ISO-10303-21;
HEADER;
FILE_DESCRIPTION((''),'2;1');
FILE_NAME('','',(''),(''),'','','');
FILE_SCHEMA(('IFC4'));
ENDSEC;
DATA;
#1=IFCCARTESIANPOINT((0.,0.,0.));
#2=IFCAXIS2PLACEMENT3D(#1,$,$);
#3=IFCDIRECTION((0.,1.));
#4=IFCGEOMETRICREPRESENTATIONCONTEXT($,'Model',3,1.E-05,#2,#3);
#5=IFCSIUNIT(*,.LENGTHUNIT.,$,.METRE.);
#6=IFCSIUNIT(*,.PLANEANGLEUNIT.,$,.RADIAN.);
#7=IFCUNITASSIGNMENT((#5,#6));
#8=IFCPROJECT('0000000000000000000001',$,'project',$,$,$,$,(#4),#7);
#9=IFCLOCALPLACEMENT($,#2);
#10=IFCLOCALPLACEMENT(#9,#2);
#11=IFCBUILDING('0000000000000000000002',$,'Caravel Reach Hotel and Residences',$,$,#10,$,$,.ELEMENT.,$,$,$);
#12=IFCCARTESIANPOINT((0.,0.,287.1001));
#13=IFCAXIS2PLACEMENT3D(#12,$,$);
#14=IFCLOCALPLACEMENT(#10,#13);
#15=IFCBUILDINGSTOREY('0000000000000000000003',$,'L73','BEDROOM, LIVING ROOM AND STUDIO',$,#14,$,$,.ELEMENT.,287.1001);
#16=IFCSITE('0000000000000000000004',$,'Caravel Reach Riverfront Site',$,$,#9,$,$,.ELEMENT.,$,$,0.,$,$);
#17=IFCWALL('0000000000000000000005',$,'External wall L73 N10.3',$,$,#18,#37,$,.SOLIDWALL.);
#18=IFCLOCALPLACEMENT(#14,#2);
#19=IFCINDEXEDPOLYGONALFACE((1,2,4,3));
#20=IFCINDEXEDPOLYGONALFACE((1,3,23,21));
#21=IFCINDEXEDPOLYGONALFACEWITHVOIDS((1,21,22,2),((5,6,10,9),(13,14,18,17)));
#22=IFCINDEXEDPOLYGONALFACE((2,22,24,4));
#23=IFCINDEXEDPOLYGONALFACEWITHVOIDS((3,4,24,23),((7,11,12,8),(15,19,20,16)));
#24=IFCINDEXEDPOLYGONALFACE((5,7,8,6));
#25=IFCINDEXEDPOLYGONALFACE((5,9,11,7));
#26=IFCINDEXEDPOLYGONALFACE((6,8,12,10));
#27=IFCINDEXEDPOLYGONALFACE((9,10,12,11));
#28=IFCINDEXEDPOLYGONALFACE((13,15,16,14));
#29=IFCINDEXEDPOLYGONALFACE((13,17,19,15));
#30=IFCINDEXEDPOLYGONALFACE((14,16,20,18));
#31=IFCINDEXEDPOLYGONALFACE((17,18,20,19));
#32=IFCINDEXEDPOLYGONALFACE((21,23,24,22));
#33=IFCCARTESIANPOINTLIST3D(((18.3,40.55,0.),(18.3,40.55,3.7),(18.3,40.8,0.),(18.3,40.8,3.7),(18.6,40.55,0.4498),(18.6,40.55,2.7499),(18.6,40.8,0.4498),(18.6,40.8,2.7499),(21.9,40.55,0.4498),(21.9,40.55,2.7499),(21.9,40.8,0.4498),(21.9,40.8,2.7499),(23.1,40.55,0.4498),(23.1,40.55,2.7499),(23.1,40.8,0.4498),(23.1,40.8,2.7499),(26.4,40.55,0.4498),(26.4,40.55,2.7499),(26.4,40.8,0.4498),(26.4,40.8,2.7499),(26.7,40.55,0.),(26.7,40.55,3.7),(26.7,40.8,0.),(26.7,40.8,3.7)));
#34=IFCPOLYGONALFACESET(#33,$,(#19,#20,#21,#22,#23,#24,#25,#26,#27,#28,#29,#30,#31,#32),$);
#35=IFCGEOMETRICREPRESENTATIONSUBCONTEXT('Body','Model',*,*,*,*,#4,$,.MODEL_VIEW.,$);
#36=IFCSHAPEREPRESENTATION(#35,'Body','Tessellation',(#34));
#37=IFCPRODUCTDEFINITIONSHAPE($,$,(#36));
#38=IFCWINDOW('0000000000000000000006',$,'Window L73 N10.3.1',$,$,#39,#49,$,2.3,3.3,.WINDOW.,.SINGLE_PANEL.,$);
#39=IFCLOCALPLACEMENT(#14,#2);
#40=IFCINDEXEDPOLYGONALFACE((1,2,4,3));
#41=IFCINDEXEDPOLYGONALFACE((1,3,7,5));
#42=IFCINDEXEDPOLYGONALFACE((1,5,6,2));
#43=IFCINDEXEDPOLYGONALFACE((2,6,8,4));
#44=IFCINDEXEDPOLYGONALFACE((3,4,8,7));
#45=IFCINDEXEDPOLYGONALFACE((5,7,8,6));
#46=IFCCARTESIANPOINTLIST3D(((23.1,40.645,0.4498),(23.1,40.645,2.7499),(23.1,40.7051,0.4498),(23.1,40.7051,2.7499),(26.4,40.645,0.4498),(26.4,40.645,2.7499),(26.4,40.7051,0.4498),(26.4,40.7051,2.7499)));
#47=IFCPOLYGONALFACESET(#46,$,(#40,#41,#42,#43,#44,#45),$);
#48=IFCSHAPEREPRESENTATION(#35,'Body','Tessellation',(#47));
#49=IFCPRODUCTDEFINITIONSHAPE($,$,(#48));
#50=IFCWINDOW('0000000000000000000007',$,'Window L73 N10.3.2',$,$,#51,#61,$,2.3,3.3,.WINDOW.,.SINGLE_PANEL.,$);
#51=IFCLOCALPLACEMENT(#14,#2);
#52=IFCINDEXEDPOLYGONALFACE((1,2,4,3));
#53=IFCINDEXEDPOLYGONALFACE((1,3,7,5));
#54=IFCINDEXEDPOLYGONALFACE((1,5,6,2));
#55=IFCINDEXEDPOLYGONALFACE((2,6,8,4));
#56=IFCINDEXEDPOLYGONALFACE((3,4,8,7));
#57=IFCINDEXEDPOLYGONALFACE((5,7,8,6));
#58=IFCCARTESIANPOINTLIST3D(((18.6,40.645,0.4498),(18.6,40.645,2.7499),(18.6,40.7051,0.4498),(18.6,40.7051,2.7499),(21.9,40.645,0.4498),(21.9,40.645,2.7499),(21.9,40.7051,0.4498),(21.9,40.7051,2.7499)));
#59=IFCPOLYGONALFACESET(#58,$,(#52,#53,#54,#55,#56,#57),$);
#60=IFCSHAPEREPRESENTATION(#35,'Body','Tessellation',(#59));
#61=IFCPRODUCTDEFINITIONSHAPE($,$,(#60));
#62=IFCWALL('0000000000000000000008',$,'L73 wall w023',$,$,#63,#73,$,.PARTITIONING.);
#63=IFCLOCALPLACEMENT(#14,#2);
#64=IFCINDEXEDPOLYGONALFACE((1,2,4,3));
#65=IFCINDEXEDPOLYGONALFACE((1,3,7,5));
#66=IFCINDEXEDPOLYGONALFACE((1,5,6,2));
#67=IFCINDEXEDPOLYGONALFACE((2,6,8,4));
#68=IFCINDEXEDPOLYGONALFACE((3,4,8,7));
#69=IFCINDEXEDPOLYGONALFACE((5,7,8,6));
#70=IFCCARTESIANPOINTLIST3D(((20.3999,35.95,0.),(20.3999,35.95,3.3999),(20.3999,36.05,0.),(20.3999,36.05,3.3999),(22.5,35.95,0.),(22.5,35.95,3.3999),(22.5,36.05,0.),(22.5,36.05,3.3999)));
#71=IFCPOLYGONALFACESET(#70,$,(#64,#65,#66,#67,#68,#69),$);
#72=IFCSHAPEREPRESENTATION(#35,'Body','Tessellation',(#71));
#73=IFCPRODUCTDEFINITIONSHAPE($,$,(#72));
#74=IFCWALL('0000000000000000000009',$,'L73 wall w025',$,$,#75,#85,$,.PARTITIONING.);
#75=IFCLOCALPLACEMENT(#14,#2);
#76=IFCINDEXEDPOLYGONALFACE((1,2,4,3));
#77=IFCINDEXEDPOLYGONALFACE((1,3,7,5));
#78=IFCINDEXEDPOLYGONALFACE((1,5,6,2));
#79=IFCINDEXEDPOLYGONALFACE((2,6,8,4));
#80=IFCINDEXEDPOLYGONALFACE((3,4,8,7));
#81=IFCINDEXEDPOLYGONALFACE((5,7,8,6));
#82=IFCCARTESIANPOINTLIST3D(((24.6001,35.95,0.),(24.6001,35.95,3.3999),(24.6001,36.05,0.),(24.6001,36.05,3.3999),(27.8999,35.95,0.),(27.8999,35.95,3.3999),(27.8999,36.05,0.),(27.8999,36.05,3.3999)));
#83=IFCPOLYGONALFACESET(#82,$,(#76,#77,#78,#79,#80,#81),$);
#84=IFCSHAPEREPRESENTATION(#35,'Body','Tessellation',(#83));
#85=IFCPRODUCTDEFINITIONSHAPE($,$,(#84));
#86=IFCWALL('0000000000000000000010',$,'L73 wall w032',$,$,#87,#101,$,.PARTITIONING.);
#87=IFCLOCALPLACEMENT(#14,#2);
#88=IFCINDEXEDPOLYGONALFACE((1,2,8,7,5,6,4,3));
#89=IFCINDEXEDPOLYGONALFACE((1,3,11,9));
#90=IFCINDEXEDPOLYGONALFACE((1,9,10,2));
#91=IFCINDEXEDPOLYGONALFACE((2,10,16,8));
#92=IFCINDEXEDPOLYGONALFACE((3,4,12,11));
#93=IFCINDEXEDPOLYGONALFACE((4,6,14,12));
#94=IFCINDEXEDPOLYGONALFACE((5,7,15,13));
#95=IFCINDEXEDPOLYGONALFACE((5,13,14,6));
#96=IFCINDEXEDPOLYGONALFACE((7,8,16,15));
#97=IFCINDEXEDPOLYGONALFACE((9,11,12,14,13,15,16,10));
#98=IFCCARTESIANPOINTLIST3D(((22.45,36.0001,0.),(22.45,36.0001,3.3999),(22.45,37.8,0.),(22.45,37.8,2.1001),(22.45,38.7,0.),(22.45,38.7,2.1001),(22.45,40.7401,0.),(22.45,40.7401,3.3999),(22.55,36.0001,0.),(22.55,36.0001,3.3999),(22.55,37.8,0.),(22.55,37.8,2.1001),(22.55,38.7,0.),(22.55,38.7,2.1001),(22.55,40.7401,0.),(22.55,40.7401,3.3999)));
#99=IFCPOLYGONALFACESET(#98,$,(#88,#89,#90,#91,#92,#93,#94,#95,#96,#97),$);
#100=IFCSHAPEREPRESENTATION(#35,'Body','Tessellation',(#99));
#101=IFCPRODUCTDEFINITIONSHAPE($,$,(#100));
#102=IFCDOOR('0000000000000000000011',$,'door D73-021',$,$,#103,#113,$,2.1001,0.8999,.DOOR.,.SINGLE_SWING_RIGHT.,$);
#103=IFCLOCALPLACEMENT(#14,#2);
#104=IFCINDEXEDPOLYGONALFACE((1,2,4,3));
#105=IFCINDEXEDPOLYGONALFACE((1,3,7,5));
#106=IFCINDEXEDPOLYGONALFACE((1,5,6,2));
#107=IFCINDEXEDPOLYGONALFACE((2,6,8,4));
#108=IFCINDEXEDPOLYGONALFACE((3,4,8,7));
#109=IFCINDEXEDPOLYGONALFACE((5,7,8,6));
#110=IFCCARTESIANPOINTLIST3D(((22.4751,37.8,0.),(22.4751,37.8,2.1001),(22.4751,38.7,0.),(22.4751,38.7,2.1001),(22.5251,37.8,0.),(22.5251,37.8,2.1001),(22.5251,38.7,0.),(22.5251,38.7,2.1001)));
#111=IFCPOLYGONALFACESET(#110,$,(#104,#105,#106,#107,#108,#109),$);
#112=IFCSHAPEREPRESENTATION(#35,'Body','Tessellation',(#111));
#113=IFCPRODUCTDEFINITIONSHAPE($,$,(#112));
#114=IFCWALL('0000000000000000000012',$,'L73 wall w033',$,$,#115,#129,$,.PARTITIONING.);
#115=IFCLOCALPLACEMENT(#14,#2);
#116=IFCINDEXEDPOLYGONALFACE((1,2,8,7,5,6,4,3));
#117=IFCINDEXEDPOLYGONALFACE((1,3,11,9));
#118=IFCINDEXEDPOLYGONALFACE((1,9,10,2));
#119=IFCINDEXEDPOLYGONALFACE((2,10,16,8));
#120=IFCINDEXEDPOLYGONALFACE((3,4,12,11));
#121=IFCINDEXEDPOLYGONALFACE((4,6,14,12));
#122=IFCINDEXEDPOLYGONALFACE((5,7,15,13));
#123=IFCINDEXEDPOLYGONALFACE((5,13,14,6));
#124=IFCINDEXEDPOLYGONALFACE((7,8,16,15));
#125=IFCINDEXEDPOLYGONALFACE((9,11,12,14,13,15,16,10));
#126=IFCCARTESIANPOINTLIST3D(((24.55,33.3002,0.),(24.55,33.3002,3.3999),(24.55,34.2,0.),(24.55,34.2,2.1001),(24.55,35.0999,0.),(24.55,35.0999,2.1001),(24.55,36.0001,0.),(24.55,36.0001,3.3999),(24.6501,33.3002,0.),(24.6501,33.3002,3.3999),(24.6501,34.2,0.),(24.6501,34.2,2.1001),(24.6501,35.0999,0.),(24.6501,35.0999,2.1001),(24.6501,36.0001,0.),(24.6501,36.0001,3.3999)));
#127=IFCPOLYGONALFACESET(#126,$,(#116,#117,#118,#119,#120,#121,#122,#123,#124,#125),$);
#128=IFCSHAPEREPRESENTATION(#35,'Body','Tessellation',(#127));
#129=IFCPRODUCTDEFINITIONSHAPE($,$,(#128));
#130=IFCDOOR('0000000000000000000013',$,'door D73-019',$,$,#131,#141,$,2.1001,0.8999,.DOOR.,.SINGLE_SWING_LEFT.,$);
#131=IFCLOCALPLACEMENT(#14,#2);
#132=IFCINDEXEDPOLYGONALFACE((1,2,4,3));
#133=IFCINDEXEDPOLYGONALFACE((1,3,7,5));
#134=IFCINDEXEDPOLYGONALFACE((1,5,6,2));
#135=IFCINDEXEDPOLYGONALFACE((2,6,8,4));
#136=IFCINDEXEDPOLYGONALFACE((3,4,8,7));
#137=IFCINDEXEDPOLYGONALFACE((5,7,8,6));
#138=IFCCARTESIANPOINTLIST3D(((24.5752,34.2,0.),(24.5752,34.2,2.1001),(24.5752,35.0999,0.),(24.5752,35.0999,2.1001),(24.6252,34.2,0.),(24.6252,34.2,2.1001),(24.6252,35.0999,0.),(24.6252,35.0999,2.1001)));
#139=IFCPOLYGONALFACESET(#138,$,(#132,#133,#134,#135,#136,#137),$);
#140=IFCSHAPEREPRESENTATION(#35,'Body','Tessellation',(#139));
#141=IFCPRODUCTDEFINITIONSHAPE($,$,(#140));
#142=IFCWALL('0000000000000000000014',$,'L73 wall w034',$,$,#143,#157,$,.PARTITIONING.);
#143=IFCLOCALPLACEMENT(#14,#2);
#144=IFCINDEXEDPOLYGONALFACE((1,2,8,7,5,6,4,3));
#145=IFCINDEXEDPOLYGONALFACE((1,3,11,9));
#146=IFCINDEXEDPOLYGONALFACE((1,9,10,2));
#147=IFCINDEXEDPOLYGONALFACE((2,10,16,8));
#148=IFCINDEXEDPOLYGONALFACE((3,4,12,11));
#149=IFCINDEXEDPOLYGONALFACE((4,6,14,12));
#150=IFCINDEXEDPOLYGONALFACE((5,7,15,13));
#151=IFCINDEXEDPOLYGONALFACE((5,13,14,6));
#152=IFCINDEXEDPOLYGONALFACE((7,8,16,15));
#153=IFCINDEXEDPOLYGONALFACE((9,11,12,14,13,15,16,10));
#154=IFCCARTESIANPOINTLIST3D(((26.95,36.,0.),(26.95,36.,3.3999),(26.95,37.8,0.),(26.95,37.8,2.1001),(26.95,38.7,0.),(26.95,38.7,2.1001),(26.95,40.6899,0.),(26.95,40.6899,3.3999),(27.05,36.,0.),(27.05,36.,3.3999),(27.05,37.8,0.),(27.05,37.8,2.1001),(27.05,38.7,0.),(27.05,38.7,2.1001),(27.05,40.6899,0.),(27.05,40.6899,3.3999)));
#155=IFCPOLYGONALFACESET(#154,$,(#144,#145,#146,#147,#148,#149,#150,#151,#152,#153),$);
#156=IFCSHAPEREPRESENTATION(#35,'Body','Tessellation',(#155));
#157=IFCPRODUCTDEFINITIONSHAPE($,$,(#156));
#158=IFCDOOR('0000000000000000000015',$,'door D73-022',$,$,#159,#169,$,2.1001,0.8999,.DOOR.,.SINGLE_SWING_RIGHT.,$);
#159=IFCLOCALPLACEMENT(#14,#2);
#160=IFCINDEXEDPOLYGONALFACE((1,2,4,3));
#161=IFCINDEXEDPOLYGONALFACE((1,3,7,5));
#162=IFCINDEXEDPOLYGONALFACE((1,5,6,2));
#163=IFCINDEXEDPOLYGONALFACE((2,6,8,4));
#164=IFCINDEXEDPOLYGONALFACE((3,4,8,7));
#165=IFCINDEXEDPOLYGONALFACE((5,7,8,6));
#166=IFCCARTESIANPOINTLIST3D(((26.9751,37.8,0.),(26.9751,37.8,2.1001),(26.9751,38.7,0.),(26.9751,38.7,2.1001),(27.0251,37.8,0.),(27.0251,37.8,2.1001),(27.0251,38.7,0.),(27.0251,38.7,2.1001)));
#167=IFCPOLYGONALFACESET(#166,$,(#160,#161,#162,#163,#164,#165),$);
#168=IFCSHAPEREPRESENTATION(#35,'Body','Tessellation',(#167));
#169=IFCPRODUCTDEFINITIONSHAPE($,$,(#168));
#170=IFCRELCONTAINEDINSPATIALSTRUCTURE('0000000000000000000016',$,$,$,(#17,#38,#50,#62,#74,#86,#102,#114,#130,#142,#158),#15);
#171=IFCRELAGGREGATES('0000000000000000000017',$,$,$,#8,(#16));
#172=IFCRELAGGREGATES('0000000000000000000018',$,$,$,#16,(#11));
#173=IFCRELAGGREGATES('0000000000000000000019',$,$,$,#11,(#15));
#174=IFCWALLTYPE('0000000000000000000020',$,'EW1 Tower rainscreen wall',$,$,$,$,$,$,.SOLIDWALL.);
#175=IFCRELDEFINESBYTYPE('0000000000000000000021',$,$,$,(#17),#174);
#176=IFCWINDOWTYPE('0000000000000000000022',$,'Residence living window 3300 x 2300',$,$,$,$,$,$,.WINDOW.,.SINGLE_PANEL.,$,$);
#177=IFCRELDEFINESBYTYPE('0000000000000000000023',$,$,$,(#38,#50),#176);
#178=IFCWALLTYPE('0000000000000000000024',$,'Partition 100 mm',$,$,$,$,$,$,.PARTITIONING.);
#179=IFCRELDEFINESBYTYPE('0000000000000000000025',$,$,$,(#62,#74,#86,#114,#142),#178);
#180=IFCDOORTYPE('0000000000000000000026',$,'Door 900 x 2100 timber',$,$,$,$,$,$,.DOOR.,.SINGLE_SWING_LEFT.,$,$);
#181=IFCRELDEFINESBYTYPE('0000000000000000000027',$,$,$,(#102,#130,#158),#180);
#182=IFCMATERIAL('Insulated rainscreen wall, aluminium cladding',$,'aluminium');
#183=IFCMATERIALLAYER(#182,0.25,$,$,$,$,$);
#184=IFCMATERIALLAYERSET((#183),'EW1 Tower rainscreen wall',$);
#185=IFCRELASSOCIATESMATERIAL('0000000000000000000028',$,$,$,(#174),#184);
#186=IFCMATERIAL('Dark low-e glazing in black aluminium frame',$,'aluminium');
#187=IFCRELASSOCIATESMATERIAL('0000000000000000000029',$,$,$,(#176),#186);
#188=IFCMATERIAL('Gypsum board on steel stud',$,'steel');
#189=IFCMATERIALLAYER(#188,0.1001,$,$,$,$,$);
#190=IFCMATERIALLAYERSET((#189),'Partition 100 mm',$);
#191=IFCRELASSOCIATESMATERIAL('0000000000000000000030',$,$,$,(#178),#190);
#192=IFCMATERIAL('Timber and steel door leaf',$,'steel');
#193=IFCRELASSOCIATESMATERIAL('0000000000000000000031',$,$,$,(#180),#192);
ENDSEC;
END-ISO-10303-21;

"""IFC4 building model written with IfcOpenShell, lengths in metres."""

from ifc_helpers import new_model, si_unit, direction, frame, frame_2d, origin, place, context, subcontext, project, spatial, rectangle, extrude, material, layer, layer_set, type_object, element, fill, save


model = new_model("IFC4")

# Units and contexts
model_context = context("Model", 3, precision=1e-05, world=origin(), true_north=direction((0.0, 1.0)))
body_context = subcontext(model_context, "Body", "Model", "MODEL_VIEW")
ifc_project = project(units=[si_unit("LENGTHUNIT", "METRE"), si_unit("PLANEANGLEUNIT", "RADIAN")], contexts=[model_context])

# Site, building, storey
site_placement = place(None, origin())
site = spatial("IfcSite", under=ifc_project, at=site_placement, Name="Caravel Reach Riverfront Site", CompositionType="ELEMENT", RefElevation=0.0)
building_placement = place(site_placement, origin())
building = spatial("IfcBuilding", under=site, at=building_placement, Name="Caravel Reach Hotel and Residences", CompositionType="ELEMENT")
storey_placement = place(building_placement, frame((0.0, 0.0, 287.1001)))
storey = spatial("IfcBuildingStorey", under=building, at=storey_placement, Name="L73", Description="BEDROOM, LIVING ROOM AND STUDIO", CompositionType="ELEMENT", Elevation=287.1001)

# Wall, openings, windows
ifc_material_1 = material(Name="Insulated rainscreen wall, aluminium cladding", Category="aluminium")
ifc_layer_1 = layer(ifc_material_1, 0.25)
ifc_layer_set_1 = layer_set([ifc_layer_1], Name="EW1 Tower rainscreen wall")
wall_type_1 = type_object("IfcWallType", Name="EW1 Tower rainscreen wall", PredefinedType="SOLIDWALL", material=ifc_layer_set_1)
wall_1_placement = place(storey_placement, frame((26.7, 40.675, 0.0), z_axis=(0.0, 0.0, 1.0), x_axis=(-1.0, 0.0, 0.0)))
wall_1 = element("IfcWall", 1, at=wall_1_placement, inside=storey, type_object=wall_type_1, Name="External wall L73 N10.3", PredefinedType="SOLIDWALL", context=body_context, shape_type="SweptSolid", body=[
    extrude(rectangle(XDim=8.3999, YDim=0.25, at=frame_2d((4.2, 0.0))), origin(), (0.0, 0.0, 1.0), 3.7),
])
opening_1_placement = place(wall_1_placement, frame((0.3, 0.0, 0.45)))
opening_1 = element("IfcOpeningElement", 2, at=opening_1_placement, cuts=wall_1, PredefinedType="OPENING", context=body_context, shape_type="SweptSolid", body=[
    extrude(rectangle(XDim=3.3, YDim=2.3, at=frame_2d((1.6499, 1.1499))), frame((0.0, 0.135, 0.0), z_axis=(0.0, -1.0, 0.0), x_axis=(1.0, 0.0, 0.0)), (0.0, 0.0, 1.0), 0.27),
])
opening_2_placement = place(wall_1_placement, frame((4.8, 0.0, 0.45)))
opening_2 = element("IfcOpeningElement", 3, at=opening_2_placement, cuts=wall_1, PredefinedType="OPENING", context=body_context, shape_type="SweptSolid", body=[
    extrude(rectangle(XDim=3.3, YDim=2.3, at=frame_2d((1.6499, 1.1499))), frame((0.0, 0.135, 0.0), z_axis=(0.0, -1.0, 0.0), x_axis=(1.0, 0.0, 0.0)), (0.0, 0.0, 1.0), 0.27),
])
ifc_material_2 = material(Name="Dark low-e glazing in black aluminium frame", Category="aluminium")
window_type = type_object("IfcWindowType", Name="Residence living window 3300 x 2300", PartitioningType="SINGLE_PANEL", PredefinedType="WINDOW", material=ifc_material_2)
window_1_placement = place(opening_1_placement, origin())
window_1 = element("IfcWindow", 4, at=window_1_placement, inside=storey, type_object=window_type, Name="Window L73 N10.3.1", OverallHeight=2.3, OverallWidth=3.3, PartitioningType="SINGLE_PANEL", PredefinedType="WINDOW", context=body_context, shape_type="SweptSolid", body=[
    extrude(rectangle(XDim=3.3, YDim=2.3, at=frame_2d((1.6499, 1.1499))), frame((0.0, 0.03, 0.0), z_axis=(0.0, -1.0, 0.0), x_axis=(1.0, 0.0, 0.0)), (0.0, 0.0, 1.0), 0.0601),
])
fill(opening_1, window_1)
window_2_placement = place(opening_2_placement, origin())
window_2 = element("IfcWindow", 5, at=window_2_placement, inside=storey, type_object=window_type, Name="Window L73 N10.3.2", OverallHeight=2.3, OverallWidth=3.3, PartitioningType="SINGLE_PANEL", PredefinedType="WINDOW", context=body_context, shape_type="SweptSolid", body=[
    extrude(rectangle(XDim=3.3, YDim=2.3, at=frame_2d((1.6499, 1.1499))), frame((0.0, 0.03, 0.0), z_axis=(0.0, -1.0, 0.0), x_axis=(1.0, 0.0, 0.0)), (0.0, 0.0, 1.0), 0.0601),
])
fill(opening_2, window_2)

# Walls
ifc_material_3 = material(Name="Gypsum board on steel stud", Category="steel")
ifc_layer_2 = layer(ifc_material_3, 0.1001)
ifc_layer_set_2 = layer_set([ifc_layer_2], Name="Partition 100 mm")
wall_type_2 = type_object("IfcWallType", Name="Partition 100 mm", PredefinedType="PARTITIONING", material=ifc_layer_set_2)
wall_2_placement = place(storey_placement, frame((20.3999, 36.0, 0.0), z_axis=(0.0, 0.0, 1.0), x_axis=(1.0, 0.0, 0.0)))
element("IfcWall", 6, at=wall_2_placement, inside=storey, type_object=wall_type_2, Name="L73 wall w023", PredefinedType="PARTITIONING", context=body_context, shape_type="SweptSolid", body=[
    extrude(rectangle(XDim=2.1001, YDim=0.1001, at=frame_2d((1.05, 0.0))), origin(), (0.0, 0.0, 1.0), 3.3999),
])
wall_3_placement = place(storey_placement, frame((24.6001, 36.0, 0.0), z_axis=(0.0, 0.0, 1.0), x_axis=(1.0, 0.0, 0.0)))
element("IfcWall", 7, at=wall_3_placement, inside=storey, type_object=wall_type_2, Name="L73 wall w025", PredefinedType="PARTITIONING", context=body_context, shape_type="SweptSolid", body=[
    extrude(rectangle(XDim=3.2998, YDim=0.1001, at=frame_2d((1.6499, 0.0))), origin(), (0.0, 0.0, 1.0), 3.3999),
])

# Walls, openings, doors
wall_4_placement = place(storey_placement, frame((22.5, 36.0, 0.0), z_axis=(0.0, 0.0, 1.0), x_axis=(0.0, 1.0, 0.0)))
wall_4 = element("IfcWall", 8, at=wall_4_placement, inside=storey, type_object=wall_type_2, Name="L73 wall w032", PredefinedType="PARTITIONING", context=body_context, shape_type="SweptSolid", body=[
    extrude(rectangle(XDim=4.74, YDim=0.1001, at=frame_2d((2.3701, 0.0))), origin(), (0.0, 0.0, 1.0), 3.3999),
])
opening_3_placement = place(wall_4_placement, frame((1.8, 0.0, 0.0)))
opening_3 = element("IfcOpeningElement", 9, at=opening_3_placement, cuts=wall_4, PredefinedType="OPENING", context=body_context, shape_type="SweptSolid", body=[
    extrude(rectangle(XDim=0.8999, YDim=2.1001, at=frame_2d((0.45, 1.05))), frame((0.0, 0.0601, 0.0), z_axis=(0.0, -1.0, 0.0), x_axis=(1.0, 0.0, 0.0)), (0.0, 0.0, 1.0), 0.1201),
])
ifc_material_4 = material(Name="Timber and steel door leaf", Category="steel")
door_type_1 = type_object("IfcDoorType", Name="Door 900 x 2100 timber", OperationType="SINGLE_SWING_LEFT", PredefinedType="DOOR", material=ifc_material_4)
door_1_placement = place(opening_3_placement, origin())
door_1 = element("IfcDoor", 10, at=door_1_placement, inside=storey, type_object=door_type_1, Name="door D73-021", OperationType="SINGLE_SWING_RIGHT", OverallHeight=2.1001, OverallWidth=0.8999, PredefinedType="DOOR", context=body_context, shape_type="SweptSolid", body=[
    extrude(rectangle(XDim=0.8999, YDim=2.1001, at=frame_2d((0.45, 1.05))), frame((0.0, 0.0249, 0.0), z_axis=(0.0, -1.0, 0.0), x_axis=(1.0, 0.0, 0.0)), (0.0, 0.0, 1.0), 0.05),
])
fill(opening_3, door_1)
wall_5_placement = place(storey_placement, frame((24.6001, 33.3, 0.0), z_axis=(0.0, 0.0, 1.0), x_axis=(0.0, 1.0, 0.0)))
wall_5 = element("IfcWall", 11, at=wall_5_placement, inside=storey, type_object=wall_type_2, Name="L73 wall w033", PredefinedType="PARTITIONING", context=body_context, shape_type="SweptSolid", body=[
    extrude(rectangle(XDim=2.7, YDim=0.1001, at=frame_2d((1.3501, 0.0))), origin(), (0.0, 0.0, 1.0), 3.3999),
])
opening_4_placement = place(wall_5_placement, frame((0.8999, 0.0, 0.0)))
opening_4 = element("IfcOpeningElement", 12, at=opening_4_placement, cuts=wall_5, PredefinedType="OPENING", context=body_context, shape_type="SweptSolid", body=[
    extrude(rectangle(XDim=0.8999, YDim=2.1001, at=frame_2d((0.45, 1.05))), frame((0.0, 0.0601, 0.0), z_axis=(0.0, -1.0, 0.0), x_axis=(1.0, 0.0, 0.0)), (0.0, 0.0, 1.0), 0.1201),
])
door_2_placement = place(opening_4_placement, origin())
door_2 = element("IfcDoor", 13, at=door_2_placement, inside=storey, type_object=door_type_1, Name="door D73-019", OperationType="SINGLE_SWING_LEFT", OverallHeight=2.1001, OverallWidth=0.8999, PredefinedType="DOOR", context=body_context, shape_type="SweptSolid", body=[
    extrude(rectangle(XDim=0.8999, YDim=2.1001, at=frame_2d((0.45, 1.05))), frame((0.0, 0.0249, 0.0), z_axis=(0.0, -1.0, 0.0), x_axis=(1.0, 0.0, 0.0)), (0.0, 0.0, 1.0), 0.05),
])
fill(opening_4, door_2)
wall_6_placement = place(storey_placement, frame((27.0, 36.0, 0.0), z_axis=(0.0, 0.0, 1.0), x_axis=(0.0, 1.0, 0.0)))
wall_6 = element("IfcWall", 14, at=wall_6_placement, inside=storey, type_object=wall_type_2, Name="L73 wall w034", PredefinedType="PARTITIONING", context=body_context, shape_type="SweptSolid", body=[
    extrude(rectangle(XDim=4.6899, YDim=0.1001, at=frame_2d((2.345, 0.0))), origin(), (0.0, 0.0, 1.0), 3.3999),
])
opening_5_placement = place(wall_6_placement, frame((1.8, 0.0, 0.0)))
opening_5 = element("IfcOpeningElement", 15, at=opening_5_placement, cuts=wall_6, PredefinedType="OPENING", context=body_context, shape_type="SweptSolid", body=[
    extrude(rectangle(XDim=0.8999, YDim=2.1001, at=frame_2d((0.45, 1.05))), frame((0.0, 0.0601, 0.0), z_axis=(0.0, -1.0, 0.0), x_axis=(1.0, 0.0, 0.0)), (0.0, 0.0, 1.0), 0.1201),
])
door_3_placement = place(opening_5_placement, origin())
door_3 = element("IfcDoor", 16, at=door_3_placement, inside=storey, type_object=door_type_1, Name="door D73-022", OperationType="SINGLE_SWING_RIGHT", OverallHeight=2.1001, OverallWidth=0.8999, PredefinedType="DOOR", context=body_context, shape_type="SweptSolid", body=[
    extrude(rectangle(XDim=0.8999, YDim=2.1001, at=frame_2d((0.45, 1.05))), frame((0.0, 0.0249, 0.0), z_axis=(0.0, -1.0, 0.0), x_axis=(1.0, 0.0, 0.0)), (0.0, 0.0, 1.0), 0.05),
])
fill(opening_5, door_3)

save(model, "model.ifc")
